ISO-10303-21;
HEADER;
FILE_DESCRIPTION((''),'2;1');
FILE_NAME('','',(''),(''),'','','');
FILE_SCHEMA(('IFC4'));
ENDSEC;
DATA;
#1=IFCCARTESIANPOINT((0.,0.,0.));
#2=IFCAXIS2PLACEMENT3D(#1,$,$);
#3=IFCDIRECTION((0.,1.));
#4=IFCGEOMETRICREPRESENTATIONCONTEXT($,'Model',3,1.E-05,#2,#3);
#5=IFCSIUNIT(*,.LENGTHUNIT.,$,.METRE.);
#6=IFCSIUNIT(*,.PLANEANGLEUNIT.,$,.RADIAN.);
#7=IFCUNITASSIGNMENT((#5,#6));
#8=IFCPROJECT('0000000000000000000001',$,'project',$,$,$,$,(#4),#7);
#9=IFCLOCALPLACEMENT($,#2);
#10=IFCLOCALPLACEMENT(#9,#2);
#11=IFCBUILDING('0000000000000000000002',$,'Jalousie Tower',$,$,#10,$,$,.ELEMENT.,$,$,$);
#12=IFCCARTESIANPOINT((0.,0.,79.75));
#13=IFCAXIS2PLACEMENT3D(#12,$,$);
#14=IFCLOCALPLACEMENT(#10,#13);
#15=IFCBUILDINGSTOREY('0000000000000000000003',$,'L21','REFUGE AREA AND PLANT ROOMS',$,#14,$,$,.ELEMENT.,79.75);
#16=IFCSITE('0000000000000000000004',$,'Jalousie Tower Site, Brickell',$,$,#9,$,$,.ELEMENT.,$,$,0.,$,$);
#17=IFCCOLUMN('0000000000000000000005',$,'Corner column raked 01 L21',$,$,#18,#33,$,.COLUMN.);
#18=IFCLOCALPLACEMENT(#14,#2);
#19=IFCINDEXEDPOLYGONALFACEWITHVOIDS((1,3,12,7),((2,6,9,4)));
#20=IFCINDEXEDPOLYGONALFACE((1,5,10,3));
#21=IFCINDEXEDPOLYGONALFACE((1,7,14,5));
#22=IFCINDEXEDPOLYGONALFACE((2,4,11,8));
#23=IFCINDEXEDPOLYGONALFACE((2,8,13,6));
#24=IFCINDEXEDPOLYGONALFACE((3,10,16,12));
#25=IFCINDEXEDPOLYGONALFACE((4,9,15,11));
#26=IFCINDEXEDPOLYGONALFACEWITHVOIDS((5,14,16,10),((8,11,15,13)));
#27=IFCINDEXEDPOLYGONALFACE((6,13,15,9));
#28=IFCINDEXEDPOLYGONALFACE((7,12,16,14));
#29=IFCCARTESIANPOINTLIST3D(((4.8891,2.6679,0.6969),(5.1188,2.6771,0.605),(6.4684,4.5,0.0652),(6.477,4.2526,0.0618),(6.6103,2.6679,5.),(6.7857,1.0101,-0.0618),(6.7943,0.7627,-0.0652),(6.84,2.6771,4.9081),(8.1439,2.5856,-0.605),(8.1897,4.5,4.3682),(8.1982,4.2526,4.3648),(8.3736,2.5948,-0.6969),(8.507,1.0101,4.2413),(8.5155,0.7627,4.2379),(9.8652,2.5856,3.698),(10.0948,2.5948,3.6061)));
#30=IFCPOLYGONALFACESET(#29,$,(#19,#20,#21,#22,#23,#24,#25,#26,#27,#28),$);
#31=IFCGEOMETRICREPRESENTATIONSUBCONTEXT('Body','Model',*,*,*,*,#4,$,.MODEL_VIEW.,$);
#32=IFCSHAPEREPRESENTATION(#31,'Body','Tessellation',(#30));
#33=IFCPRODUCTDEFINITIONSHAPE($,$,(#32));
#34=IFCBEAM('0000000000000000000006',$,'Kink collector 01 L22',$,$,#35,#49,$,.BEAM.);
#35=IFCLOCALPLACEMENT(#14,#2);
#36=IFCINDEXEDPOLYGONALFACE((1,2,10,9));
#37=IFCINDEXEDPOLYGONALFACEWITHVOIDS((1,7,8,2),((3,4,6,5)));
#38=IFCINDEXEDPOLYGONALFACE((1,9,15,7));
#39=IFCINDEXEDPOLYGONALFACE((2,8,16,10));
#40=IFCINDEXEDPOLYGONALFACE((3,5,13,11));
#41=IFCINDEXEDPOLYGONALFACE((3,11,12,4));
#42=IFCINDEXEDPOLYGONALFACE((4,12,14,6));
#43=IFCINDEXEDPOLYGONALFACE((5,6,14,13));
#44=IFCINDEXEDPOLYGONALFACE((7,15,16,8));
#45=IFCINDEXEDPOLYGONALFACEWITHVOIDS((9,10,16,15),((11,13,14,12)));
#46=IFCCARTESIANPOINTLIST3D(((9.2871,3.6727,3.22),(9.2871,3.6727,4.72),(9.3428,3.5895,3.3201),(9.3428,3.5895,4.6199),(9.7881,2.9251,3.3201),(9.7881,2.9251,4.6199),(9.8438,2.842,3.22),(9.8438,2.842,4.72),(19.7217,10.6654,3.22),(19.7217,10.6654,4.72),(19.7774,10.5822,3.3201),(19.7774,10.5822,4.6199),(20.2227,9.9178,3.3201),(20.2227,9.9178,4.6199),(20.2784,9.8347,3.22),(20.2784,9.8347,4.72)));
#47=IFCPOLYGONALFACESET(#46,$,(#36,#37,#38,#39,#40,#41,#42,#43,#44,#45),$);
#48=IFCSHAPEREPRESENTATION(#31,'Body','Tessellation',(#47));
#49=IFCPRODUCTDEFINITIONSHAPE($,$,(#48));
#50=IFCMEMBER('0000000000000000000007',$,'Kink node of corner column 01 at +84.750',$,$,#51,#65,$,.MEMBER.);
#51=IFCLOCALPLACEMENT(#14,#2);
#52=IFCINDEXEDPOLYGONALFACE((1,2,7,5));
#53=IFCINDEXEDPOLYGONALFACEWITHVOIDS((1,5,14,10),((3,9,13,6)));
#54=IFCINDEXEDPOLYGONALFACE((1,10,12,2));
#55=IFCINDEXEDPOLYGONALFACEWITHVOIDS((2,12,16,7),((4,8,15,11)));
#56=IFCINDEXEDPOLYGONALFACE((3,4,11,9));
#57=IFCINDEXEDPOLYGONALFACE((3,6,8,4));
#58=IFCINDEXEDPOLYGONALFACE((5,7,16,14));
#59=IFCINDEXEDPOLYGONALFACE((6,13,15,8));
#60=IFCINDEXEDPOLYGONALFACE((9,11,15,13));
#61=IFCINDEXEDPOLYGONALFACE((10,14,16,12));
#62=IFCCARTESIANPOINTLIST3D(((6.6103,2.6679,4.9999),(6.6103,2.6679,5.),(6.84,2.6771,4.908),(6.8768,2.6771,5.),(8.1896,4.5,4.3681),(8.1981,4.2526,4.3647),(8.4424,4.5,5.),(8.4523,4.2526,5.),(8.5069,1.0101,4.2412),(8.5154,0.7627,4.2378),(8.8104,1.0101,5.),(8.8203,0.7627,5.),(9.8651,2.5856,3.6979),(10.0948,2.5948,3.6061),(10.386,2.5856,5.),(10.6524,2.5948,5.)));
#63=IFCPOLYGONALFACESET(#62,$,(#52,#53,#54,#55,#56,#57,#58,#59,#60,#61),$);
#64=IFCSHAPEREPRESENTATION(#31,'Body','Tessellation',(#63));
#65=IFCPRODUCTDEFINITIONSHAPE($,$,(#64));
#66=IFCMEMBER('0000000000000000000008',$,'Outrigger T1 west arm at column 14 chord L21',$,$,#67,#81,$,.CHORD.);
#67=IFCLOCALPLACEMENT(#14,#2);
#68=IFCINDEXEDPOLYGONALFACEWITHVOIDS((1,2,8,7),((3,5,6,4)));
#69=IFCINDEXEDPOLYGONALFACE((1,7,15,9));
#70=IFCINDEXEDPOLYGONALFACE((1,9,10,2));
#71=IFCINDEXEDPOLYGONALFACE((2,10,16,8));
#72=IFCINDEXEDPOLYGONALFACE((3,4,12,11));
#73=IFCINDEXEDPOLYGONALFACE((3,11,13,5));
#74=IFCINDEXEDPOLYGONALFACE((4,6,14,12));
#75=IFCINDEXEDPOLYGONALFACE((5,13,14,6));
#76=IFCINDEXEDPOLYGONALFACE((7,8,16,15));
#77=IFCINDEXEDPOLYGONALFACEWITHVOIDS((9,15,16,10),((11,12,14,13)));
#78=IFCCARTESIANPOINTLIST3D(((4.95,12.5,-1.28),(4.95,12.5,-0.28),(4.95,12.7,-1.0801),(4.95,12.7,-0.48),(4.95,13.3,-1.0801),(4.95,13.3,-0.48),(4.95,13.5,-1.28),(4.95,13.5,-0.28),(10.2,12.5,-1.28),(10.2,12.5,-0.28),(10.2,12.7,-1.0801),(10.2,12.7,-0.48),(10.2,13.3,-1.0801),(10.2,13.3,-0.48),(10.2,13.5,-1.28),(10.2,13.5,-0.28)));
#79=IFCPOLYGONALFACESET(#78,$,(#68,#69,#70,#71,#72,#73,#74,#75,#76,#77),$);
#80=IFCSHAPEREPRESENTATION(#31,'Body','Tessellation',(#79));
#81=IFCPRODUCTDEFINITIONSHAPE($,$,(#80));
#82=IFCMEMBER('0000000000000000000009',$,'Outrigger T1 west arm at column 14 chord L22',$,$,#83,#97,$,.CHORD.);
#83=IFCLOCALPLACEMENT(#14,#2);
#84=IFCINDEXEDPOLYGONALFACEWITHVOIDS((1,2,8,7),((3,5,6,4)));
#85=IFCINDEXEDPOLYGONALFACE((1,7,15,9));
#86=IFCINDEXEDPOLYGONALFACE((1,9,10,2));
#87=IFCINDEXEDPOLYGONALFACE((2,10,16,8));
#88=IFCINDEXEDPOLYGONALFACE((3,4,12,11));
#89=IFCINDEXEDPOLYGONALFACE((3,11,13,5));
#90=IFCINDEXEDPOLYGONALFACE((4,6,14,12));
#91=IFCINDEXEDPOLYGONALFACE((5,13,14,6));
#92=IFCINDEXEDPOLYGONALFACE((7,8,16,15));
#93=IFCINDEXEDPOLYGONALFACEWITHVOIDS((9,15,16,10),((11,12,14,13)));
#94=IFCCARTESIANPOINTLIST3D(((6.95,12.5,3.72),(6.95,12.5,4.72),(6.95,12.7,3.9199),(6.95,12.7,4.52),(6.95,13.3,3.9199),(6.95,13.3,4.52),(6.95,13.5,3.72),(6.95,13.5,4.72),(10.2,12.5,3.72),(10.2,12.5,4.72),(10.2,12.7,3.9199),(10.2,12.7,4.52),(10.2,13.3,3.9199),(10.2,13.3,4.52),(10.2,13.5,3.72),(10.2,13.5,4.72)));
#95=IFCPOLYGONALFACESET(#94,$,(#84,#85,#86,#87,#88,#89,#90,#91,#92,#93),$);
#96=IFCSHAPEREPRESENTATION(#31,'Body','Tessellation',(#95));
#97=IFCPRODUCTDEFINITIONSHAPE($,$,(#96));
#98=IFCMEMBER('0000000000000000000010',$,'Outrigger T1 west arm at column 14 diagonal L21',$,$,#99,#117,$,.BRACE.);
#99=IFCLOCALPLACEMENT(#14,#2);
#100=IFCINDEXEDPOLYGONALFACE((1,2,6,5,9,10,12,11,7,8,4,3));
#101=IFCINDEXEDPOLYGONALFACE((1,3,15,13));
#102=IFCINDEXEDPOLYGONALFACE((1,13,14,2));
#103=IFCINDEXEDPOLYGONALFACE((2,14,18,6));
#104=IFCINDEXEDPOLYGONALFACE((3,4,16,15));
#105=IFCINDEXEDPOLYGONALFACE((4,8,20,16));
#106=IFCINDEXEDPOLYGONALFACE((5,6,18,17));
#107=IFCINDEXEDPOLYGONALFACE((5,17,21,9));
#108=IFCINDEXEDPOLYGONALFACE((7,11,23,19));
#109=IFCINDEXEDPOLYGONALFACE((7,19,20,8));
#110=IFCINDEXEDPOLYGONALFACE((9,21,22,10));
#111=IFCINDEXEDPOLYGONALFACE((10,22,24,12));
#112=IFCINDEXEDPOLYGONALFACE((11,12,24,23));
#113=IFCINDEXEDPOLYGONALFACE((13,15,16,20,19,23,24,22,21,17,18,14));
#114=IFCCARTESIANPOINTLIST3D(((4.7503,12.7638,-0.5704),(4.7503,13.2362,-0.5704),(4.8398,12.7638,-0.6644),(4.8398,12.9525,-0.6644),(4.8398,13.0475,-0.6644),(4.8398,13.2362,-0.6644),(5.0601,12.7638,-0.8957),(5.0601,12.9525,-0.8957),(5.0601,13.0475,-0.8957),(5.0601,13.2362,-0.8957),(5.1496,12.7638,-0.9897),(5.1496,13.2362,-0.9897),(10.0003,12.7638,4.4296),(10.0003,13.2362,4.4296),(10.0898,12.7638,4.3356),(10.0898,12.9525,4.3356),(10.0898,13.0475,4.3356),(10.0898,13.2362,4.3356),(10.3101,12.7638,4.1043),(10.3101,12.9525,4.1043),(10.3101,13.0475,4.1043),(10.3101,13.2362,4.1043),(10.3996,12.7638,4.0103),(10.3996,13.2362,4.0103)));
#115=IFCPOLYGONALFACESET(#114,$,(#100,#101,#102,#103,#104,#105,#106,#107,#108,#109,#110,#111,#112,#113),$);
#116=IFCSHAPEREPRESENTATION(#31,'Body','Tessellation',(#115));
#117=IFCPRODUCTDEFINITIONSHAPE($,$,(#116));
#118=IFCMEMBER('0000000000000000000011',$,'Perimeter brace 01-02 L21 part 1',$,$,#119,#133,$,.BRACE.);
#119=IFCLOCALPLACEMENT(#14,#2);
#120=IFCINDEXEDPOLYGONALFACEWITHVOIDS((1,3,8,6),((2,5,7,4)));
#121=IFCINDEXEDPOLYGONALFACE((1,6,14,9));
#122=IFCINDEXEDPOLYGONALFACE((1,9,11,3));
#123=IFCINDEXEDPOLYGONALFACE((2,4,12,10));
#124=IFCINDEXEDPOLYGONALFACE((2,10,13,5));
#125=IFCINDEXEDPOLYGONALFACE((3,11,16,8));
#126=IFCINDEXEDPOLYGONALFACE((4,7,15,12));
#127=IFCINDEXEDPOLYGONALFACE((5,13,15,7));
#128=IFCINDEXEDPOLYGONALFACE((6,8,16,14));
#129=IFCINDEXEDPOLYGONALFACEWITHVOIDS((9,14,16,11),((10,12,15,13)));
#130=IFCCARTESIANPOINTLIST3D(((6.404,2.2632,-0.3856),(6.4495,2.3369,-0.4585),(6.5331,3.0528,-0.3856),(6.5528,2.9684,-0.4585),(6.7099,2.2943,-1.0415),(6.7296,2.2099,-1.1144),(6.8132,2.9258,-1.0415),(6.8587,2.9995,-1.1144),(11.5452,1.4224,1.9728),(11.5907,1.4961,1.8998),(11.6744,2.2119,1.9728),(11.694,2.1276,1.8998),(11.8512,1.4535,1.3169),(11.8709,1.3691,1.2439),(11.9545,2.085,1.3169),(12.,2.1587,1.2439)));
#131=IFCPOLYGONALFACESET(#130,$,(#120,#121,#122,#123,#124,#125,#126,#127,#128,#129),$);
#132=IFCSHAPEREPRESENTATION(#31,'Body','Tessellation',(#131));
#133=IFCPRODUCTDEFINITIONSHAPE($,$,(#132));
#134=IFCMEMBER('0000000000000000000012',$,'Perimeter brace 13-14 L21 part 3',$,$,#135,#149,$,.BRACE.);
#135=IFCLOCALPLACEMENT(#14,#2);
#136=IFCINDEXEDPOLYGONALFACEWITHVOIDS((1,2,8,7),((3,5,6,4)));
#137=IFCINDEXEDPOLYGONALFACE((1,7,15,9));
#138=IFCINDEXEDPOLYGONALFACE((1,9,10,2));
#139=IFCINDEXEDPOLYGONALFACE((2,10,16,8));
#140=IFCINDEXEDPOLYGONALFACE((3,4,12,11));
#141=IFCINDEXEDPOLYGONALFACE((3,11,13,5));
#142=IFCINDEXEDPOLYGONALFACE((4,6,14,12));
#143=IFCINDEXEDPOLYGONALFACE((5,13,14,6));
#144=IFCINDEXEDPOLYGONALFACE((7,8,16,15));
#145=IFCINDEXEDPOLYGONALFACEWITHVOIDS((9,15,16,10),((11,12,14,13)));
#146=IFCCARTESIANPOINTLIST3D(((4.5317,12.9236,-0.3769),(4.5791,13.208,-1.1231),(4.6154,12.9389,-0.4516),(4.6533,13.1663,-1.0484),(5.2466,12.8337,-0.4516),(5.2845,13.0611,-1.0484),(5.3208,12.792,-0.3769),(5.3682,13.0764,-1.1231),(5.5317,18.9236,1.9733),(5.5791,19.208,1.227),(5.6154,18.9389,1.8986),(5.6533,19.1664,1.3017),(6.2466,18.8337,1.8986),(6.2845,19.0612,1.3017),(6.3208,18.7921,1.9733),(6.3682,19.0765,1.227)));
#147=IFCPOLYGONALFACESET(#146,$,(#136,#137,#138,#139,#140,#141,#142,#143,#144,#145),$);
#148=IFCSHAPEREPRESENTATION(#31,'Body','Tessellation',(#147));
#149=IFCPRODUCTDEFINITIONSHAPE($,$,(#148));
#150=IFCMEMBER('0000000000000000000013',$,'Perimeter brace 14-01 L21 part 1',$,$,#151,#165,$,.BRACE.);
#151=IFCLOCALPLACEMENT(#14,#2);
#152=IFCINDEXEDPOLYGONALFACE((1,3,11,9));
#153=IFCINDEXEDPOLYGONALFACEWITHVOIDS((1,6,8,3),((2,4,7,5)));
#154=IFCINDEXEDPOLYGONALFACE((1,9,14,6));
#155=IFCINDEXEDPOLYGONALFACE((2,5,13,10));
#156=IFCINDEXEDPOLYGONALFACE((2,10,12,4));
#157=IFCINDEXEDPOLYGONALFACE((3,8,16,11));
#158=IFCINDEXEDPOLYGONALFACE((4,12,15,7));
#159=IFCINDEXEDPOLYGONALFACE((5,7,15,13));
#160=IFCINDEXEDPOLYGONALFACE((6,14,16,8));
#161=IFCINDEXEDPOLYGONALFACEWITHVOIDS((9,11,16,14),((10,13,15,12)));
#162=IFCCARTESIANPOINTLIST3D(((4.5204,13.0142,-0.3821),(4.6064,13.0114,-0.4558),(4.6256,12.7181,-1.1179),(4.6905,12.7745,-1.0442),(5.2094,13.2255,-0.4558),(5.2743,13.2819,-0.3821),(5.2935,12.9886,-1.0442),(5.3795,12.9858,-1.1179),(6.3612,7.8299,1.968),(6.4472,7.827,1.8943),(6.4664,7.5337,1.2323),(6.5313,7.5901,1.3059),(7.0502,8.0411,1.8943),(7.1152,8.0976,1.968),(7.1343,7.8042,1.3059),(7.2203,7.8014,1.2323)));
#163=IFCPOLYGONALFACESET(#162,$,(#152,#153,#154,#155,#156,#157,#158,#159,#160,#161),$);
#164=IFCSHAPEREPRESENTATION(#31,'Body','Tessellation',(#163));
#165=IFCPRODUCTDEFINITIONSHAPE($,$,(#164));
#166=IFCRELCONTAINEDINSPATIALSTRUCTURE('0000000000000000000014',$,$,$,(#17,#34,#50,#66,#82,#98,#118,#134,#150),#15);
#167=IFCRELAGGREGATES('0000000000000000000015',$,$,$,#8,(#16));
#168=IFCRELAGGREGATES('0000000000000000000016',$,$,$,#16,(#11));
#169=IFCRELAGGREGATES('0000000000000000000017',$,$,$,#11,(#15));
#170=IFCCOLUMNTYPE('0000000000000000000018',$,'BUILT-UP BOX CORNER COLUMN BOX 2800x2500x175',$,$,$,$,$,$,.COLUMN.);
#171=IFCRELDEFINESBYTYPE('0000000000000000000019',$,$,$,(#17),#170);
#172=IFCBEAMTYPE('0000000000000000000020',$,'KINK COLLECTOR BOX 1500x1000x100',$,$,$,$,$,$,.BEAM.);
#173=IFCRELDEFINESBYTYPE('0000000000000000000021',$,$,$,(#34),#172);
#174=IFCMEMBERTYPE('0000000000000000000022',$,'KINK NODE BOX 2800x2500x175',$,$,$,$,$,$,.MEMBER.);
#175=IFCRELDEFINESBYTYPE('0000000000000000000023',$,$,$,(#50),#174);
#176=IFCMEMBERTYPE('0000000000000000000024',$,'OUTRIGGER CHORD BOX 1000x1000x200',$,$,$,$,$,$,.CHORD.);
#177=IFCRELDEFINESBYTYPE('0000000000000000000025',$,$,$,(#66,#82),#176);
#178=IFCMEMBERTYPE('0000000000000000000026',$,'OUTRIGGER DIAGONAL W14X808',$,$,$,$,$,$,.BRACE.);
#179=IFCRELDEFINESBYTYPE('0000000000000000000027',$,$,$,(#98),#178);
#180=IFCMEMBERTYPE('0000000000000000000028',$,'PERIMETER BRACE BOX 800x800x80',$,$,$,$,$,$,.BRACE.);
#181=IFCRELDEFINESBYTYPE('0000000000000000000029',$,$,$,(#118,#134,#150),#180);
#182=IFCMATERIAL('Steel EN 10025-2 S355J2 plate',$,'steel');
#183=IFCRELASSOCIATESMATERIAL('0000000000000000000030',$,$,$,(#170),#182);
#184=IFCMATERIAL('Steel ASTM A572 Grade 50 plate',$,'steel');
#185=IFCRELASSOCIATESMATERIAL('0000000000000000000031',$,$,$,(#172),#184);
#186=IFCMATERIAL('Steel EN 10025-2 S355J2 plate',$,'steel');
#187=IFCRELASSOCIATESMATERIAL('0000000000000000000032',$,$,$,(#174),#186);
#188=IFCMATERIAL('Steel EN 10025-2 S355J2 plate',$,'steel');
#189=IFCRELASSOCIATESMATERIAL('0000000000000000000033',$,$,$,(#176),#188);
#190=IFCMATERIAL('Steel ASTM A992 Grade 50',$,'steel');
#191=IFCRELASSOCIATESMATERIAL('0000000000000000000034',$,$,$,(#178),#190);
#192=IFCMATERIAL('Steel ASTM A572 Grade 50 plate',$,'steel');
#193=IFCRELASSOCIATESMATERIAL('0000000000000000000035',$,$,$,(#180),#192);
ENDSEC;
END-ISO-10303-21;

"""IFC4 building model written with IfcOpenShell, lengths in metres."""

from ifc_helpers import new_model, si_unit, direction, frame, origin, origin_2d, place, context, subcontext, project, spatial, hollow_rectangle, i_section, extrude, clip, halfspace, material, material_profile, profile_set, type_object, element, save


model = new_model("IFC4")

# Units and contexts
model_context = context("Model", 3, precision=1e-05, world=origin(), true_north=direction((0.0, 1.0)))
body_context = subcontext(model_context, "Body", "Model", "MODEL_VIEW")
ifc_project = project(units=[si_unit("LENGTHUNIT", "METRE"), si_unit("PLANEANGLEUNIT", "RADIAN")], contexts=[model_context])

# Site, building, storey
site_placement = place(None, origin())
site = spatial("IfcSite", under=ifc_project, at=site_placement, Name="Jalousie Tower Site, Brickell", CompositionType="ELEMENT", RefElevation=0.0)
building_placement = place(site_placement, origin())
building = spatial("IfcBuilding", under=site, at=building_placement, Name="Jalousie Tower", CompositionType="ELEMENT")
storey_placement = place(building_placement, frame((0.0, 0.0, 79.75)))
storey = spatial("IfcBuildingStorey", under=building, at=storey_placement, Name="L21", Description="REFUGE AREA AND PLANT ROOMS", CompositionType="ELEMENT", Elevation=79.75)

# Column
ifc_material_1 = material(Name="Steel EN 10025-2 S355J2 plate", Category="steel")
ifc_material_profile_1 = material_profile(ifc_material_1, hollow_rectangle(XDim=2.5, YDim=2.8, WallThickness=0.175, at=origin_2d()), Name="BOX 2800x2500x175")
ifc_profile_set_1 = profile_set([ifc_material_profile_1], Name="Steel EN 10025-2 S355J2 plate")
column_type = type_object("IfcColumnType", Name="BUILT-UP BOX CORNER COLUMN BOX 2800x2500x175", PredefinedType="COLUMN", material=ifc_profile_set_1)
column_placement = place(storey_placement, frame((6.6313, 2.6313, 0.0), z_axis=(0.371391, 0.0, 0.928477), x_axis=(0.631749, 0.732828, -0.252699)))
element("IfcColumn", 1, at=column_placement, inside=storey, type_object=column_type, Name="Corner column raked 01 L21", PredefinedType="COLUMN", context=body_context, shape_type="SweptSolid", body=[
    extrude(hollow_rectangle(XDim=2.5, YDim=2.8, WallThickness=0.175, at=origin_2d()), origin(), (0.0, 0.0, 1.0), 4.6345),
])

# Beam
ifc_material_2 = material(Name="Steel ASTM A572 Grade 50 plate", Category="steel")
ifc_material_profile_2 = material_profile(ifc_material_2, hollow_rectangle(XDim=1.0, YDim=1.5, WallThickness=0.1001, at=origin_2d()), Name="BOX 1500x1000x100")
ifc_profile_set_2 = profile_set([ifc_material_profile_2], Name="Steel ASTM A572 Grade 50 plate")
beam_type_1 = type_object("IfcBeamType", Name="KINK COLLECTOR BOX 1500x1000x100", PredefinedType="BEAM", material=ifc_profile_set_2)
beam_1_placement = place(storey_placement, frame((9.5654, 3.2573, 3.97), z_axis=(0.830714, 0.556699, 0.0), x_axis=(-0.556699, 0.830714, 0.0)))
element("IfcBeam", 2, at=beam_1_placement, inside=storey, type_object=beam_type_1, Name="Kink collector 01 L22", PredefinedType="BEAM", context=body_context, shape_type="SweptSolid", body=[
    extrude(hollow_rectangle(XDim=1.0, YDim=1.5, WallThickness=0.1001, at=origin_2d()), origin(), (0.0, 0.0, 1.0), 12.561),
])

# Members
ifc_material_3 = material(Name="Steel EN 10025-2 S355J2 plate", Category="steel")
ifc_material_profile_3 = material_profile(ifc_material_3, hollow_rectangle(XDim=2.5, YDim=2.8, WallThickness=0.175, at=origin_2d()), Name="BOX 2800x2500x175")
ifc_profile_set_3 = profile_set([ifc_material_profile_3], Name="Steel EN 10025-2 S355J2 plate")
member_type_1 = type_object("IfcMemberType", Name="KINK NODE BOX 2800x2500x175", PredefinedType="MEMBER", material=ifc_profile_set_3)
member_1_placement = place(storey_placement, frame((8.3525, 2.6313, 4.303), z_axis=(0.371391, 0.0, 0.928477), x_axis=(0.631749, 0.732828, -0.252699)))
element("IfcMember", 3, at=member_1_placement, inside=storey, type_object=member_type_1, Name="Kink node of corner column 01 at +84.750", PredefinedType="MEMBER", context=body_context, shape_type="Clipping", body=[
    clip(extrude(hollow_rectangle(XDim=2.5, YDim=2.8, WallThickness=0.175, at=origin_2d()), origin(), (0.0, 0.0, 1.0), 1.5015), halfspace(frame((0.0, 0.0, 0.7507), z_axis=(-0.252699, 0.272165, 0.928477)), False)),
])
ifc_material_4 = material(Name="Steel EN 10025-2 S355J2 plate", Category="steel")
ifc_material_profile_4 = material_profile(ifc_material_4, hollow_rectangle(XDim=1.0, YDim=1.0, WallThickness=0.2, at=origin_2d()), Name="BOX 1000x1000x200")
ifc_profile_set_4 = profile_set([ifc_material_profile_4], Name="Steel EN 10025-2 S355J2 plate")
member_type_2 = type_object("IfcMemberType", Name="OUTRIGGER CHORD BOX 1000x1000x200", PredefinedType="CHORD", material=ifc_profile_set_4)
member_2_placement = place(storey_placement, frame((4.95, 13.0, -0.78), z_axis=(1.0, 0.0, 0.0), x_axis=(0.0, 1.0, 0.0)))
element("IfcMember", 4, at=member_2_placement, inside=storey, type_object=member_type_2, Name="Outrigger T1 west arm at column 14 chord L21", PredefinedType="CHORD", context=body_context, shape_type="SweptSolid", body=[
    extrude(hollow_rectangle(XDim=1.0, YDim=1.0, WallThickness=0.2, at=origin_2d()), origin(), (0.0, 0.0, 1.0), 5.25),
])
member_3_placement = place(storey_placement, frame((6.95, 13.0, 4.22), z_axis=(1.0, 0.0, 0.0), x_axis=(0.0, 1.0, 0.0)))
element("IfcMember", 5, at=member_3_placement, inside=storey, type_object=member_type_2, Name="Outrigger T1 west arm at column 14 chord L22", PredefinedType="CHORD", context=body_context, shape_type="SweptSolid", body=[
    extrude(hollow_rectangle(XDim=1.0, YDim=1.0, WallThickness=0.2, at=origin_2d()), origin(), (0.0, 0.0, 1.0), 3.25),
])
ifc_material_5 = material(Name="Steel ASTM A992 Grade 50", Category="steel")
ifc_material_profile_5 = material_profile(ifc_material_5, i_section(OverallWidth=0.4724, OverallDepth=0.5791, WebThickness=0.095, FlangeThickness=0.1299, at=origin_2d()), Name="W14X808")
ifc_profile_set_5 = profile_set([ifc_material_profile_5], Name="Steel ASTM A992 Grade 50")
member_type_3 = type_object("IfcMemberType", Name="OUTRIGGER DIAGONAL W14X808", PredefinedType="BRACE", material=ifc_profile_set_5)
member_4_placement = place(storey_placement, frame((4.95, 13.0, -0.78), z_axis=(0.724138, 0.0, 0.689655), x_axis=(0.0, 1.0, 0.0)))
element("IfcMember", 6, at=member_4_placement, inside=storey, type_object=member_type_3, Name="Outrigger T1 west arm at column 14 diagonal L21", PredefinedType="BRACE", context=body_context, shape_type="SweptSolid", body=[
    extrude(i_section(OverallWidth=0.4724, OverallDepth=0.5791, WebThickness=0.095, FlangeThickness=0.1299, at=origin_2d()), origin(), (0.0, 0.0, 1.0), 7.25),
])
ifc_material_6 = material(Name="Steel ASTM A572 Grade 50 plate", Category="steel")
ifc_material_profile_6 = material_profile(ifc_material_6, hollow_rectangle(XDim=0.8, YDim=0.8, WallThickness=0.0801, at=origin_2d()), Name="BOX 800x800x80")
ifc_profile_set_6 = profile_set([ifc_material_profile_6], Name="Steel ASTM A572 Grade 50 plate")
member_type_4 = type_object("IfcMemberType", Name="PERIMETER BRACE BOX 800x800x80", PredefinedType="BRACE", material=ifc_profile_set_6)
member_5_placement = place(storey_placement, frame((6.6313, 2.6313, -0.75), z_axis=(0.899056, -0.147032, 0.412407), x_axis=(0.161396, 0.98689, 0.0)))
element("IfcMember", 7, at=member_5_placement, inside=storey, type_object=member_type_4, Name="Perimeter brace 01-02 L21 part 1", PredefinedType="BRACE", context=body_context, shape_type="SweptSolid", body=[
    extrude(hollow_rectangle(XDim=0.8, YDim=0.8, WallThickness=0.0801, at=origin_2d()), origin(), (0.0, 0.0, 1.0), 5.7185),
])
member_6_placement = place(storey_placement, frame((4.95, 13.0, -0.75), z_axis=(0.153352, 0.920109, 0.360391), x_axis=(-0.986394, 0.164399, 0.0)))
element("IfcMember", 8, at=member_6_placement, inside=storey, type_object=member_type_4, Name="Perimeter brace 13-14 L21 part 3", PredefinedType="BRACE", context=body_context, shape_type="SweptSolid", body=[
    extrude(hollow_rectangle(XDim=0.8, YDim=0.8, WallThickness=0.0801, at=origin_2d()), origin(), (0.0, 0.0, 1.0), 6.521),
])
member_7_placement = place(storey_placement, frame((4.95, 13.0, -0.75), z_axis=(0.307707, -0.8666, 0.392837), x_axis=(0.942358, 0.334607, 0.0)))
element("IfcMember", 9, at=member_7_placement, inside=storey, type_object=member_type_4, Name="Perimeter brace 14-01 L21 part 1", PredefinedType="BRACE", context=body_context, shape_type="SweptSolid", body=[
    extrude(hollow_rectangle(XDim=0.8, YDim=0.8, WallThickness=0.0801, at=origin_2d()), origin(), (0.0, 0.0, 1.0), 5.9824),
])

save(model, "model.ifc")
